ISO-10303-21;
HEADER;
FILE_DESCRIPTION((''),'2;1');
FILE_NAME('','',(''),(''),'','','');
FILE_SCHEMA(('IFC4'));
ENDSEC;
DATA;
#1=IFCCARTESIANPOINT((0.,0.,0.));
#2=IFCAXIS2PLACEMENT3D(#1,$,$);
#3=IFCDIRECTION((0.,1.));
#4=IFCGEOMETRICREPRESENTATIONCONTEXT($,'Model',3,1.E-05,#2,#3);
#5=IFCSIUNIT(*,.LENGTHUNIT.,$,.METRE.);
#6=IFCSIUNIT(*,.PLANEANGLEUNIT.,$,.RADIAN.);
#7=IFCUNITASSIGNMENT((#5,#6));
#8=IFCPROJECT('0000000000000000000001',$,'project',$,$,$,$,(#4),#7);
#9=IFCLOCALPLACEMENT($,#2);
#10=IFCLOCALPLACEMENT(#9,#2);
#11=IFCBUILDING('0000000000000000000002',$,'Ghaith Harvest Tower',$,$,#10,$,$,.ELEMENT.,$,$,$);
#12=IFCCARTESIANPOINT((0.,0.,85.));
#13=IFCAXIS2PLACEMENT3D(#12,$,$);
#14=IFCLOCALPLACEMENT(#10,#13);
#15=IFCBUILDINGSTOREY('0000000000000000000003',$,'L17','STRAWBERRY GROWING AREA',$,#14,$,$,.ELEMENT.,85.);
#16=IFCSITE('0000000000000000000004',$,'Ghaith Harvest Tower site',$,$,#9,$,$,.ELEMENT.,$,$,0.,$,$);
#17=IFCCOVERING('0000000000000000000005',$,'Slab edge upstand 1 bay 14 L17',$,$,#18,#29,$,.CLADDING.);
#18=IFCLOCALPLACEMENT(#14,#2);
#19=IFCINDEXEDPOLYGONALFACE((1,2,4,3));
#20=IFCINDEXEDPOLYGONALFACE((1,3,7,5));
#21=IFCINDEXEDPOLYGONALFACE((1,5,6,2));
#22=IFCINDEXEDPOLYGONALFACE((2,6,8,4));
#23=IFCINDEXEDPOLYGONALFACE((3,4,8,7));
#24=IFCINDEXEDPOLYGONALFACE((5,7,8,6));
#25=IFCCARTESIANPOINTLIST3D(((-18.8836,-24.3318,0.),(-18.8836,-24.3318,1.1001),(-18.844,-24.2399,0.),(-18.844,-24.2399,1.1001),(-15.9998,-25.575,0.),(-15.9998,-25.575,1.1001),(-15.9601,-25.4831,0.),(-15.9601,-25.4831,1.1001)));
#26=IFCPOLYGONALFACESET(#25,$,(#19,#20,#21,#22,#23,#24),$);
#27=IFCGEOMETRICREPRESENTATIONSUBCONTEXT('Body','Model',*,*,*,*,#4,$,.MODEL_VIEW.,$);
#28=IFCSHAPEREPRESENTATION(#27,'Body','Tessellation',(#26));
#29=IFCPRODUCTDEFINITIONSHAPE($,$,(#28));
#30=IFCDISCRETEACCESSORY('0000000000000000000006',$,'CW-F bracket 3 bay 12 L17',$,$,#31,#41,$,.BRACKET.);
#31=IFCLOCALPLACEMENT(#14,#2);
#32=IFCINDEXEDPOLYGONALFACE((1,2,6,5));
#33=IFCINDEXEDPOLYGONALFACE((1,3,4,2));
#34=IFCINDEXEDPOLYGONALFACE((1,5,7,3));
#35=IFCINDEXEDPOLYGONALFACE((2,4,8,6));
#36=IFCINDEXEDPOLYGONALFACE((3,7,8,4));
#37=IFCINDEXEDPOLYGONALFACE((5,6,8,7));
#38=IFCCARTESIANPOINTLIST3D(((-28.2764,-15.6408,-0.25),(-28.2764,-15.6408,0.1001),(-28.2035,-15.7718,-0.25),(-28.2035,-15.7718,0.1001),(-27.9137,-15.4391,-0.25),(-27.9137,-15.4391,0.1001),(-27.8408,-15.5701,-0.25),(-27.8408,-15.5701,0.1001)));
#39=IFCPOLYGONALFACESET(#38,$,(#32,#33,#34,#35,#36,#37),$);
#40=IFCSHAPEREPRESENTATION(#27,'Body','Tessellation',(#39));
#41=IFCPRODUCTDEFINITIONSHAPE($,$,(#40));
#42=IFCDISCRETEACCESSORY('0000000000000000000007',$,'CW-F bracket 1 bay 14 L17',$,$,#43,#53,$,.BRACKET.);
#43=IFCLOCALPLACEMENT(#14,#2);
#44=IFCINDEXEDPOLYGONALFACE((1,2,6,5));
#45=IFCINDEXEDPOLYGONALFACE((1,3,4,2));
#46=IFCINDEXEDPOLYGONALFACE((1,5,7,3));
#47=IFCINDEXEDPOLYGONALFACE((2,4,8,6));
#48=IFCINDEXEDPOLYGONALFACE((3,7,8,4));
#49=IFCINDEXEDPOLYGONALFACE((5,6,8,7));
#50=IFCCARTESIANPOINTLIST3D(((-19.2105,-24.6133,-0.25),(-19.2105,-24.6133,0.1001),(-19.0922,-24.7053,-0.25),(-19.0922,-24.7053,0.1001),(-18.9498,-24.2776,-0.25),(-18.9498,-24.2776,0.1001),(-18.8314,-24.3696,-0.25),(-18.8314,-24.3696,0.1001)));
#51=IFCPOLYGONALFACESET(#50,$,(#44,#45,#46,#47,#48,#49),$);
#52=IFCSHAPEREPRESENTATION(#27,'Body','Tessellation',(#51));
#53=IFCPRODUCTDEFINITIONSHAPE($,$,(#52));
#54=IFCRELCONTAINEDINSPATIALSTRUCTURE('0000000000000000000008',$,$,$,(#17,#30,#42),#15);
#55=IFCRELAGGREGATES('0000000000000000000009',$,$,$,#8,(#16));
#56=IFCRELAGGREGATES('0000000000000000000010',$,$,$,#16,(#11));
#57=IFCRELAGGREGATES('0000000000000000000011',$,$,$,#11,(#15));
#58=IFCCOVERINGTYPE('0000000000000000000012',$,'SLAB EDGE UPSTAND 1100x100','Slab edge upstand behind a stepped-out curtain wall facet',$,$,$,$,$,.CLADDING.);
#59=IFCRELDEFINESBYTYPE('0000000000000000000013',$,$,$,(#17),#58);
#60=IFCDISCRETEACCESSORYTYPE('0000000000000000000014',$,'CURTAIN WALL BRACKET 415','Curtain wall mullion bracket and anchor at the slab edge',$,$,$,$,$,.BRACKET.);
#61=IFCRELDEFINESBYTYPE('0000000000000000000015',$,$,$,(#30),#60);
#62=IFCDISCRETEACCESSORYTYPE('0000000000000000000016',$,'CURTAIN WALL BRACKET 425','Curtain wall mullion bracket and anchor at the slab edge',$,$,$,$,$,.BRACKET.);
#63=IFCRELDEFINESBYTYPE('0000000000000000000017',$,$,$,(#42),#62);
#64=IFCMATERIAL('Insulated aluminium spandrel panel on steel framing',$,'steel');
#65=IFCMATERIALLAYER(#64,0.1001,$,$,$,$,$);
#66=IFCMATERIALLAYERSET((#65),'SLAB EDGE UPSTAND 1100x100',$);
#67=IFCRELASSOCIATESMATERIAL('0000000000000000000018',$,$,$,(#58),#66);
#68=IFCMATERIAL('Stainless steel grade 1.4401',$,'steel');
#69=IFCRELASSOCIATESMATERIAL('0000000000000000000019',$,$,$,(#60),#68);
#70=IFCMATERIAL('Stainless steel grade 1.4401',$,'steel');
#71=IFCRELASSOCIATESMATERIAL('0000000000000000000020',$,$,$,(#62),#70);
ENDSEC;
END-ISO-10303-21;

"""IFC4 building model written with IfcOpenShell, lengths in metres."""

from ifc_helpers import new_model, si_unit, direction, frame, origin, origin_2d, place, context, subcontext, project, spatial, rectangle, extrude, material, layer, layer_set, type_object, element, save


model = new_model("IFC4")

# Units and contexts
model_context = context("Model", 3, precision=1e-05, world=origin(), true_north=direction((0.0, 1.0)))
body_context = subcontext(model_context, "Body", "Model", "MODEL_VIEW")
ifc_project = project(units=[si_unit("LENGTHUNIT", "METRE"), si_unit("PLANEANGLEUNIT", "RADIAN")], contexts=[model_context])

# Site, building, storey
site_placement = place(None, origin())
site = spatial("IfcSite", under=ifc_project, at=site_placement, Name="Ghaith Harvest Tower site", CompositionType="ELEMENT", RefElevation=0.0)
building_placement = place(site_placement, origin())
building = spatial("IfcBuilding", under=site, at=building_placement, Name="Ghaith Harvest Tower", CompositionType="ELEMENT")
storey_placement = place(building_placement, frame((0.0, 0.0, 85.0)))
storey = spatial("IfcBuildingStorey", under=building, at=storey_placement, Name="L17", Description="STRAWBERRY GROWING AREA", CompositionType="ELEMENT", Elevation=85.0)

# Covering
ifc_material_1 = material(Name="Insulated aluminium spandrel panel on steel framing", Category="steel")
ifc_layer_1 = layer(ifc_material_1, 0.1001)
ifc_layer_set_1 = layer_set([ifc_layer_1], Name="SLAB EDGE UPSTAND 1100x100")
covering_type = type_object("IfcCoveringType", Name="SLAB EDGE UPSTAND 1100x100", Description="Slab edge upstand behind a stepped-out curtain wall facet", PredefinedType="CLADDING", material=ifc_layer_set_1)
covering_1_placement = place(storey_placement, frame((-17.4219, -24.9075, 0.0), z_axis=(0.0, 0.0, 1.0), x_axis=(0.918307, -0.395869, 0.0)))
element("IfcCovering", 1, at=covering_1_placement, inside=storey, type_object=covering_type, Name="Slab edge upstand 1 bay 14 L17", PredefinedType="CLADDING", context=body_context, shape_type="SweptSolid", body=[
    extrude(rectangle(XDim=3.1404, YDim=0.1001, at=origin_2d()), origin(), (0.0, 0.0, 1.0), 1.1001),
])

# Discrete accessories
ifc_material_2 = material(Name="Stainless steel grade 1.4401", Category="steel")
discrete_accessory_type_1 = type_object("IfcDiscreteAccessoryType", Name="CURTAIN WALL BRACKET 415", Description="Curtain wall mullion bracket and anchor at the slab edge", PredefinedType="BRACKET", material=ifc_material_2)
discrete_accessory_1_placement = place(storey_placement, frame((-28.0586, -15.6055, -0.25), z_axis=(0.0, 0.0, 1.0), x_axis=(-0.873927, -0.486057, 0.0)))
element("IfcDiscreteAccessory", 2, at=discrete_accessory_1_placement, inside=storey, type_object=discrete_accessory_type_1, Name="CW-F bracket 3 bay 12 L17", PredefinedType="BRACKET", context=body_context, shape_type="SweptSolid", body=[
    extrude(rectangle(XDim=0.415, YDim=0.1499, at=origin_2d()), origin(), (0.0, 0.0, 1.0), 0.3501),
])
ifc_material_3 = material(Name="Stainless steel grade 1.4401", Category="steel")
discrete_accessory_type_2 = type_object("IfcDiscreteAccessoryType", Name="CURTAIN WALL BRACKET 425", Description="Curtain wall mullion bracket and anchor at the slab edge", PredefinedType="BRACKET", material=ifc_material_3)
discrete_accessory_2_placement = place(storey_placement, frame((-19.021, -24.4915, -0.25), z_axis=(0.0, 0.0, 1.0), x_axis=(-0.613378, -0.78979, 0.0)))
element("IfcDiscreteAccessory", 3, at=discrete_accessory_2_placement, inside=storey, type_object=discrete_accessory_type_2, Name="CW-F bracket 1 bay 14 L17", PredefinedType="BRACKET", context=body_context, shape_type="SweptSolid", body=[
    extrude(rectangle(XDim=0.425, YDim=0.1499, at=origin_2d()), origin(), (0.0, 0.0, 1.0), 0.3501),
])

save(model, "model.ifc")
